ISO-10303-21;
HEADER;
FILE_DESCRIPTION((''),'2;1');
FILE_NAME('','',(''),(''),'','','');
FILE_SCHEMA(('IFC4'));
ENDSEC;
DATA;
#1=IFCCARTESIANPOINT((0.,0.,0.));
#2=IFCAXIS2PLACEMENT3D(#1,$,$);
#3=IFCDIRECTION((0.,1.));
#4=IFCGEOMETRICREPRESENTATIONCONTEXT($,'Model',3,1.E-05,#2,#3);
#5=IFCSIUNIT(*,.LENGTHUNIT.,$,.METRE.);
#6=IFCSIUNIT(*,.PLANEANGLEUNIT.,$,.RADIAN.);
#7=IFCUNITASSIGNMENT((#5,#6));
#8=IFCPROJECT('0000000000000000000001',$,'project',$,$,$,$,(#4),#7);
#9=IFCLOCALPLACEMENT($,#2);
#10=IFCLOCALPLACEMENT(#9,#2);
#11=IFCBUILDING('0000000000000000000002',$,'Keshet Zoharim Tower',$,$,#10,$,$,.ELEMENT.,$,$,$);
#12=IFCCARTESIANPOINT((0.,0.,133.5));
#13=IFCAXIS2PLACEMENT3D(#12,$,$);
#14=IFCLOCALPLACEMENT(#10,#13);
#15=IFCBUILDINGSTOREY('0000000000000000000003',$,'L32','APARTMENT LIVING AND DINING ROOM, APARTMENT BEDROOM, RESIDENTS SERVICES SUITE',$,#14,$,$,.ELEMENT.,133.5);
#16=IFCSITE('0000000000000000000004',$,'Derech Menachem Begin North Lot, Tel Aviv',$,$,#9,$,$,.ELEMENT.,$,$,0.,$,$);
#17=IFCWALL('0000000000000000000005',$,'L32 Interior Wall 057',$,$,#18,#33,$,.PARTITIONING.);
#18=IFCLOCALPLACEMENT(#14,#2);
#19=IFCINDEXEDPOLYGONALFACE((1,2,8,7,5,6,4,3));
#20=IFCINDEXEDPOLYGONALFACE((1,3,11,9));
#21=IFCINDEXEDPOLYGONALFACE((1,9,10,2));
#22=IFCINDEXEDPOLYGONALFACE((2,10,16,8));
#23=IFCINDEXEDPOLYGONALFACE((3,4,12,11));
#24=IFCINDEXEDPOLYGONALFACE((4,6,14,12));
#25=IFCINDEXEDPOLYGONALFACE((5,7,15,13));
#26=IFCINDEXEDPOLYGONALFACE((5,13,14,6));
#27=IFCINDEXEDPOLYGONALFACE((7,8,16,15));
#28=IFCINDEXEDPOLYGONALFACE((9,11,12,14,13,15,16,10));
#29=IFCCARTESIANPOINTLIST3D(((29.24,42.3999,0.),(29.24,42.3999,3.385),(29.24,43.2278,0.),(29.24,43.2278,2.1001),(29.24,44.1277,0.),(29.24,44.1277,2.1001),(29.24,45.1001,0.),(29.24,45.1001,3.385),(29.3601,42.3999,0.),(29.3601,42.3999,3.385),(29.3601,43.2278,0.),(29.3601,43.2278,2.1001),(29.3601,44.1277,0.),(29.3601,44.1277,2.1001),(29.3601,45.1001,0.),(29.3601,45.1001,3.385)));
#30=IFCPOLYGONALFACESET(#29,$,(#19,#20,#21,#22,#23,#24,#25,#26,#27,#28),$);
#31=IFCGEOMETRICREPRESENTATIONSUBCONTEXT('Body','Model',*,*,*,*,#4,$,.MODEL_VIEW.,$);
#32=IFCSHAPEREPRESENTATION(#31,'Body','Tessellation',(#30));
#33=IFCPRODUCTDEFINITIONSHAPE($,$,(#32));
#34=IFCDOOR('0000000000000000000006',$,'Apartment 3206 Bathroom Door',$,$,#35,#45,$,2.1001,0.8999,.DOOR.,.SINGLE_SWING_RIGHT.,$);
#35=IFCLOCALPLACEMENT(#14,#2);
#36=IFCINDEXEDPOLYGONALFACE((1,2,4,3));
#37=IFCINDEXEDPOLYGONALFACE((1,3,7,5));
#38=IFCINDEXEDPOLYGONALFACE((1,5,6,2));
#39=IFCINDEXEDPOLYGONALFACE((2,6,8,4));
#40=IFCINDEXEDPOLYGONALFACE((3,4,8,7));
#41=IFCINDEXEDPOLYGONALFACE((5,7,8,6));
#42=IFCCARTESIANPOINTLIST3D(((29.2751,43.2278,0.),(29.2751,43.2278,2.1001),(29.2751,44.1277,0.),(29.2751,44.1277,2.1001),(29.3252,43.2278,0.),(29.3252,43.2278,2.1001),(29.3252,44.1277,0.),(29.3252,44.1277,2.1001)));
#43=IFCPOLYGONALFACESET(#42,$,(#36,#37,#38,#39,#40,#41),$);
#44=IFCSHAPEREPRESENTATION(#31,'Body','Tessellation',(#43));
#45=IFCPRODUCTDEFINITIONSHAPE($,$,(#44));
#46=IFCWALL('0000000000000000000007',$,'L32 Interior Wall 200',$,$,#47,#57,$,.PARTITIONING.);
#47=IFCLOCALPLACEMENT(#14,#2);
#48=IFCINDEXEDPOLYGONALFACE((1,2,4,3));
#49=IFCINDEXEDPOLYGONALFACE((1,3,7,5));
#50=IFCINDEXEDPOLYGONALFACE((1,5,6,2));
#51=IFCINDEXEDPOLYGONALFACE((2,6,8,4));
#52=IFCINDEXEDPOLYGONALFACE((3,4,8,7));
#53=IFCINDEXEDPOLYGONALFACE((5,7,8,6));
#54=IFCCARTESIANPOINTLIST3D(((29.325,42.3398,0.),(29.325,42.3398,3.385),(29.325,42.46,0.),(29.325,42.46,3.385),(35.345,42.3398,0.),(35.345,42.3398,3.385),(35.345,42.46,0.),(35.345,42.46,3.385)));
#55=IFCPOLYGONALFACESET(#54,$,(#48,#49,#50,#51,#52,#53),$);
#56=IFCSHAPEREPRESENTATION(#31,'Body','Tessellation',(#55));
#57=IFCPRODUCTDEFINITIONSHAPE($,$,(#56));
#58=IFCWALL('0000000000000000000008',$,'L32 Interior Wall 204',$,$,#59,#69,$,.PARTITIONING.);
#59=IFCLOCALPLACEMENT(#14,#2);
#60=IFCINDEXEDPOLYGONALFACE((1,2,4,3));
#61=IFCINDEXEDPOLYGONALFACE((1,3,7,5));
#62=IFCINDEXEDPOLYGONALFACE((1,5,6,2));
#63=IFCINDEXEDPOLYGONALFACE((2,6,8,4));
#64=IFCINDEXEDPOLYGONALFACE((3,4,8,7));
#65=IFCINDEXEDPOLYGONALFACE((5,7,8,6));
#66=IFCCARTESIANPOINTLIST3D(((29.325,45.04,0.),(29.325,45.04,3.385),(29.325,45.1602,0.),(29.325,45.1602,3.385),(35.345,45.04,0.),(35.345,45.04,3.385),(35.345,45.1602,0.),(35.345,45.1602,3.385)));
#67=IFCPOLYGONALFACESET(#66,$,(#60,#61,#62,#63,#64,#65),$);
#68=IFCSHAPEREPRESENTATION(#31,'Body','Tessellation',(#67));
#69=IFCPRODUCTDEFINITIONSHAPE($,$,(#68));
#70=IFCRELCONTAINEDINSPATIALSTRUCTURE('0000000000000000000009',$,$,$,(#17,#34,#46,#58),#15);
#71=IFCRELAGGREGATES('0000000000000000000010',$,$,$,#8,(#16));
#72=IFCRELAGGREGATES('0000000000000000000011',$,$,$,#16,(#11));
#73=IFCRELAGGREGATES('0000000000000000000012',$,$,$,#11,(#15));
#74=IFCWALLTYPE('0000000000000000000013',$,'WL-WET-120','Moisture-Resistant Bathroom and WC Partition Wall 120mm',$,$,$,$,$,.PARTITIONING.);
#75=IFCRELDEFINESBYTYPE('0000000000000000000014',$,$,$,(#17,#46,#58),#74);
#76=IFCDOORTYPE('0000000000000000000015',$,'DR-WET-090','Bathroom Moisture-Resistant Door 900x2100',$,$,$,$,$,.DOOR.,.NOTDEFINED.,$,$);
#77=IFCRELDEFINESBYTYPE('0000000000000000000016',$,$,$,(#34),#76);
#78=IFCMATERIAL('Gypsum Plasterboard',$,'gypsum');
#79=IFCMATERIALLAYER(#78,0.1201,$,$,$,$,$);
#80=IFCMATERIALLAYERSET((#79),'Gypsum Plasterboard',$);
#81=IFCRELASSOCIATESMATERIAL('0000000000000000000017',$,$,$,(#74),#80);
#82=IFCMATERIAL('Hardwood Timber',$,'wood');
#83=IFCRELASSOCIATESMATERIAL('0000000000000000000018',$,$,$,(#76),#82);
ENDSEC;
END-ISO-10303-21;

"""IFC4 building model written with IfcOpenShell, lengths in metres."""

from ifc_helpers import new_model, si_unit, direction, frame, frame_2d, origin, place, context, subcontext, project, spatial, rectangle, extrude, material, layer, layer_set, type_object, element, fill, save


model = new_model("IFC4")

# Units and contexts
model_context = context("Model", 3, precision=1e-05, world=origin(), true_north=direction((0.0, 1.0)))
body_context = subcontext(model_context, "Body", "Model", "MODEL_VIEW")
ifc_project = project(units=[si_unit("LENGTHUNIT", "METRE"), si_unit("PLANEANGLEUNIT", "RADIAN")], contexts=[model_context])

# Site, building, storey
site_placement = place(None, origin())
site = spatial("IfcSite", under=ifc_project, at=site_placement, Name="Derech Menachem Begin North Lot, Tel Aviv", CompositionType="ELEMENT", RefElevation=0.0)
building_placement = place(site_placement, origin())
building = spatial("IfcBuilding", under=site, at=building_placement, Name="Keshet Zoharim Tower", CompositionType="ELEMENT")
storey_placement = place(building_placement, frame((0.0, 0.0, 133.5)))
storey = spatial("IfcBuildingStorey", under=building, at=storey_placement, Name="L32", Description="APARTMENT LIVING AND DINING ROOM, APARTMENT BEDROOM, RESIDENTS SERVICES SUITE", CompositionType="ELEMENT", Elevation=133.5)

# Shared definitions
ifc_material_1 = material(Name="Gypsum Plasterboard", Category="gypsum")
ifc_material_2 = material(Name="Hardwood Timber", Category="wood")

# Wall, opening, door
ifc_layer_1 = layer(ifc_material_1, 0.1201)
ifc_layer_set_1 = layer_set([ifc_layer_1], Name="Gypsum Plasterboard")
wall_type_1 = type_object("IfcWallType", Name="WL-WET-120", Description="Moisture-Resistant Bathroom and WC Partition Wall 120mm", PredefinedType="PARTITIONING", material=ifc_layer_set_1)
wall_1_placement = place(storey_placement, frame((29.3, 42.3999, 0.0), z_axis=(0.0, 0.0, 1.0), x_axis=(0.0, 1.0, 0.0)))
wall_1 = element("IfcWall", 1, at=wall_1_placement, inside=storey, type_object=wall_type_1, Name="L32 Interior Wall 057", PredefinedType="PARTITIONING", context=body_context, shape_type="SweptSolid", body=[
    extrude(rectangle(XDim=2.7002, YDim=0.1201, at=frame_2d((1.3501, 0.0))), origin(), (0.0, 0.0, 1.0), 3.385),
])
opening_1_placement = place(wall_1_placement, frame((0.8279, 0.0, 0.0)))
opening_1 = element("IfcOpeningElement", 2, at=opening_1_placement, cuts=wall_1, PredefinedType="OPENING", context=body_context, shape_type="SweptSolid", body=[
    extrude(rectangle(XDim=0.8999, YDim=2.1001, at=frame_2d((0.45, 1.05))), frame((0.0, 0.0701, 0.0), z_axis=(0.0, -1.0, 0.0), x_axis=(1.0, 0.0, 0.0)), (0.0, 0.0, 1.0), 0.1401),
])
door_type_1 = type_object("IfcDoorType", Name="DR-WET-090", Description="Bathroom Moisture-Resistant Door 900x2100", OperationType="NOTDEFINED", PredefinedType="DOOR", material=ifc_material_2)
door_1_placement = place(opening_1_placement, origin())
door_1 = element("IfcDoor", 3, at=door_1_placement, inside=storey, type_object=door_type_1, Name="Apartment 3206 Bathroom Door", OperationType="SINGLE_SWING_RIGHT", OverallHeight=2.1001, OverallWidth=0.8999, PredefinedType="DOOR", context=body_context, shape_type="SweptSolid", body=[
    extrude(rectangle(XDim=0.8999, YDim=2.1001, at=frame_2d((0.45, 1.05))), frame((0.0, 0.0249, 0.0), z_axis=(0.0, -1.0, 0.0), x_axis=(1.0, 0.0, 0.0)), (0.0, 0.0, 1.0), 0.05),
])
fill(opening_1, door_1)

# Walls
for number, where, z_axis, x_axis, name in (
    (4, (29.325, 42.3999, 0.0), (0.0, 0.0, 1.0), (1.0, 0.0, 0.0), "L32 Interior Wall 200"),
    (5, (29.325, 45.1001, 0.0), (0.0, 0.0, 1.0), (1.0, 0.0, 0.0), "L32 Interior Wall 204"),
):
    element("IfcWall", number, at=place(storey_placement, frame(where, z_axis=z_axis, x_axis=x_axis)), inside=storey, type_object=wall_type_1, Name=name, PredefinedType="PARTITIONING", context=body_context, shape_type="SweptSolid", body=[
        extrude(rectangle(XDim=6.02, YDim=0.1201, at=frame_2d((3.01, 0.0))), origin(), (0.0, 0.0, 1.0), 3.385),
    ])

save(model, "model.ifc")
